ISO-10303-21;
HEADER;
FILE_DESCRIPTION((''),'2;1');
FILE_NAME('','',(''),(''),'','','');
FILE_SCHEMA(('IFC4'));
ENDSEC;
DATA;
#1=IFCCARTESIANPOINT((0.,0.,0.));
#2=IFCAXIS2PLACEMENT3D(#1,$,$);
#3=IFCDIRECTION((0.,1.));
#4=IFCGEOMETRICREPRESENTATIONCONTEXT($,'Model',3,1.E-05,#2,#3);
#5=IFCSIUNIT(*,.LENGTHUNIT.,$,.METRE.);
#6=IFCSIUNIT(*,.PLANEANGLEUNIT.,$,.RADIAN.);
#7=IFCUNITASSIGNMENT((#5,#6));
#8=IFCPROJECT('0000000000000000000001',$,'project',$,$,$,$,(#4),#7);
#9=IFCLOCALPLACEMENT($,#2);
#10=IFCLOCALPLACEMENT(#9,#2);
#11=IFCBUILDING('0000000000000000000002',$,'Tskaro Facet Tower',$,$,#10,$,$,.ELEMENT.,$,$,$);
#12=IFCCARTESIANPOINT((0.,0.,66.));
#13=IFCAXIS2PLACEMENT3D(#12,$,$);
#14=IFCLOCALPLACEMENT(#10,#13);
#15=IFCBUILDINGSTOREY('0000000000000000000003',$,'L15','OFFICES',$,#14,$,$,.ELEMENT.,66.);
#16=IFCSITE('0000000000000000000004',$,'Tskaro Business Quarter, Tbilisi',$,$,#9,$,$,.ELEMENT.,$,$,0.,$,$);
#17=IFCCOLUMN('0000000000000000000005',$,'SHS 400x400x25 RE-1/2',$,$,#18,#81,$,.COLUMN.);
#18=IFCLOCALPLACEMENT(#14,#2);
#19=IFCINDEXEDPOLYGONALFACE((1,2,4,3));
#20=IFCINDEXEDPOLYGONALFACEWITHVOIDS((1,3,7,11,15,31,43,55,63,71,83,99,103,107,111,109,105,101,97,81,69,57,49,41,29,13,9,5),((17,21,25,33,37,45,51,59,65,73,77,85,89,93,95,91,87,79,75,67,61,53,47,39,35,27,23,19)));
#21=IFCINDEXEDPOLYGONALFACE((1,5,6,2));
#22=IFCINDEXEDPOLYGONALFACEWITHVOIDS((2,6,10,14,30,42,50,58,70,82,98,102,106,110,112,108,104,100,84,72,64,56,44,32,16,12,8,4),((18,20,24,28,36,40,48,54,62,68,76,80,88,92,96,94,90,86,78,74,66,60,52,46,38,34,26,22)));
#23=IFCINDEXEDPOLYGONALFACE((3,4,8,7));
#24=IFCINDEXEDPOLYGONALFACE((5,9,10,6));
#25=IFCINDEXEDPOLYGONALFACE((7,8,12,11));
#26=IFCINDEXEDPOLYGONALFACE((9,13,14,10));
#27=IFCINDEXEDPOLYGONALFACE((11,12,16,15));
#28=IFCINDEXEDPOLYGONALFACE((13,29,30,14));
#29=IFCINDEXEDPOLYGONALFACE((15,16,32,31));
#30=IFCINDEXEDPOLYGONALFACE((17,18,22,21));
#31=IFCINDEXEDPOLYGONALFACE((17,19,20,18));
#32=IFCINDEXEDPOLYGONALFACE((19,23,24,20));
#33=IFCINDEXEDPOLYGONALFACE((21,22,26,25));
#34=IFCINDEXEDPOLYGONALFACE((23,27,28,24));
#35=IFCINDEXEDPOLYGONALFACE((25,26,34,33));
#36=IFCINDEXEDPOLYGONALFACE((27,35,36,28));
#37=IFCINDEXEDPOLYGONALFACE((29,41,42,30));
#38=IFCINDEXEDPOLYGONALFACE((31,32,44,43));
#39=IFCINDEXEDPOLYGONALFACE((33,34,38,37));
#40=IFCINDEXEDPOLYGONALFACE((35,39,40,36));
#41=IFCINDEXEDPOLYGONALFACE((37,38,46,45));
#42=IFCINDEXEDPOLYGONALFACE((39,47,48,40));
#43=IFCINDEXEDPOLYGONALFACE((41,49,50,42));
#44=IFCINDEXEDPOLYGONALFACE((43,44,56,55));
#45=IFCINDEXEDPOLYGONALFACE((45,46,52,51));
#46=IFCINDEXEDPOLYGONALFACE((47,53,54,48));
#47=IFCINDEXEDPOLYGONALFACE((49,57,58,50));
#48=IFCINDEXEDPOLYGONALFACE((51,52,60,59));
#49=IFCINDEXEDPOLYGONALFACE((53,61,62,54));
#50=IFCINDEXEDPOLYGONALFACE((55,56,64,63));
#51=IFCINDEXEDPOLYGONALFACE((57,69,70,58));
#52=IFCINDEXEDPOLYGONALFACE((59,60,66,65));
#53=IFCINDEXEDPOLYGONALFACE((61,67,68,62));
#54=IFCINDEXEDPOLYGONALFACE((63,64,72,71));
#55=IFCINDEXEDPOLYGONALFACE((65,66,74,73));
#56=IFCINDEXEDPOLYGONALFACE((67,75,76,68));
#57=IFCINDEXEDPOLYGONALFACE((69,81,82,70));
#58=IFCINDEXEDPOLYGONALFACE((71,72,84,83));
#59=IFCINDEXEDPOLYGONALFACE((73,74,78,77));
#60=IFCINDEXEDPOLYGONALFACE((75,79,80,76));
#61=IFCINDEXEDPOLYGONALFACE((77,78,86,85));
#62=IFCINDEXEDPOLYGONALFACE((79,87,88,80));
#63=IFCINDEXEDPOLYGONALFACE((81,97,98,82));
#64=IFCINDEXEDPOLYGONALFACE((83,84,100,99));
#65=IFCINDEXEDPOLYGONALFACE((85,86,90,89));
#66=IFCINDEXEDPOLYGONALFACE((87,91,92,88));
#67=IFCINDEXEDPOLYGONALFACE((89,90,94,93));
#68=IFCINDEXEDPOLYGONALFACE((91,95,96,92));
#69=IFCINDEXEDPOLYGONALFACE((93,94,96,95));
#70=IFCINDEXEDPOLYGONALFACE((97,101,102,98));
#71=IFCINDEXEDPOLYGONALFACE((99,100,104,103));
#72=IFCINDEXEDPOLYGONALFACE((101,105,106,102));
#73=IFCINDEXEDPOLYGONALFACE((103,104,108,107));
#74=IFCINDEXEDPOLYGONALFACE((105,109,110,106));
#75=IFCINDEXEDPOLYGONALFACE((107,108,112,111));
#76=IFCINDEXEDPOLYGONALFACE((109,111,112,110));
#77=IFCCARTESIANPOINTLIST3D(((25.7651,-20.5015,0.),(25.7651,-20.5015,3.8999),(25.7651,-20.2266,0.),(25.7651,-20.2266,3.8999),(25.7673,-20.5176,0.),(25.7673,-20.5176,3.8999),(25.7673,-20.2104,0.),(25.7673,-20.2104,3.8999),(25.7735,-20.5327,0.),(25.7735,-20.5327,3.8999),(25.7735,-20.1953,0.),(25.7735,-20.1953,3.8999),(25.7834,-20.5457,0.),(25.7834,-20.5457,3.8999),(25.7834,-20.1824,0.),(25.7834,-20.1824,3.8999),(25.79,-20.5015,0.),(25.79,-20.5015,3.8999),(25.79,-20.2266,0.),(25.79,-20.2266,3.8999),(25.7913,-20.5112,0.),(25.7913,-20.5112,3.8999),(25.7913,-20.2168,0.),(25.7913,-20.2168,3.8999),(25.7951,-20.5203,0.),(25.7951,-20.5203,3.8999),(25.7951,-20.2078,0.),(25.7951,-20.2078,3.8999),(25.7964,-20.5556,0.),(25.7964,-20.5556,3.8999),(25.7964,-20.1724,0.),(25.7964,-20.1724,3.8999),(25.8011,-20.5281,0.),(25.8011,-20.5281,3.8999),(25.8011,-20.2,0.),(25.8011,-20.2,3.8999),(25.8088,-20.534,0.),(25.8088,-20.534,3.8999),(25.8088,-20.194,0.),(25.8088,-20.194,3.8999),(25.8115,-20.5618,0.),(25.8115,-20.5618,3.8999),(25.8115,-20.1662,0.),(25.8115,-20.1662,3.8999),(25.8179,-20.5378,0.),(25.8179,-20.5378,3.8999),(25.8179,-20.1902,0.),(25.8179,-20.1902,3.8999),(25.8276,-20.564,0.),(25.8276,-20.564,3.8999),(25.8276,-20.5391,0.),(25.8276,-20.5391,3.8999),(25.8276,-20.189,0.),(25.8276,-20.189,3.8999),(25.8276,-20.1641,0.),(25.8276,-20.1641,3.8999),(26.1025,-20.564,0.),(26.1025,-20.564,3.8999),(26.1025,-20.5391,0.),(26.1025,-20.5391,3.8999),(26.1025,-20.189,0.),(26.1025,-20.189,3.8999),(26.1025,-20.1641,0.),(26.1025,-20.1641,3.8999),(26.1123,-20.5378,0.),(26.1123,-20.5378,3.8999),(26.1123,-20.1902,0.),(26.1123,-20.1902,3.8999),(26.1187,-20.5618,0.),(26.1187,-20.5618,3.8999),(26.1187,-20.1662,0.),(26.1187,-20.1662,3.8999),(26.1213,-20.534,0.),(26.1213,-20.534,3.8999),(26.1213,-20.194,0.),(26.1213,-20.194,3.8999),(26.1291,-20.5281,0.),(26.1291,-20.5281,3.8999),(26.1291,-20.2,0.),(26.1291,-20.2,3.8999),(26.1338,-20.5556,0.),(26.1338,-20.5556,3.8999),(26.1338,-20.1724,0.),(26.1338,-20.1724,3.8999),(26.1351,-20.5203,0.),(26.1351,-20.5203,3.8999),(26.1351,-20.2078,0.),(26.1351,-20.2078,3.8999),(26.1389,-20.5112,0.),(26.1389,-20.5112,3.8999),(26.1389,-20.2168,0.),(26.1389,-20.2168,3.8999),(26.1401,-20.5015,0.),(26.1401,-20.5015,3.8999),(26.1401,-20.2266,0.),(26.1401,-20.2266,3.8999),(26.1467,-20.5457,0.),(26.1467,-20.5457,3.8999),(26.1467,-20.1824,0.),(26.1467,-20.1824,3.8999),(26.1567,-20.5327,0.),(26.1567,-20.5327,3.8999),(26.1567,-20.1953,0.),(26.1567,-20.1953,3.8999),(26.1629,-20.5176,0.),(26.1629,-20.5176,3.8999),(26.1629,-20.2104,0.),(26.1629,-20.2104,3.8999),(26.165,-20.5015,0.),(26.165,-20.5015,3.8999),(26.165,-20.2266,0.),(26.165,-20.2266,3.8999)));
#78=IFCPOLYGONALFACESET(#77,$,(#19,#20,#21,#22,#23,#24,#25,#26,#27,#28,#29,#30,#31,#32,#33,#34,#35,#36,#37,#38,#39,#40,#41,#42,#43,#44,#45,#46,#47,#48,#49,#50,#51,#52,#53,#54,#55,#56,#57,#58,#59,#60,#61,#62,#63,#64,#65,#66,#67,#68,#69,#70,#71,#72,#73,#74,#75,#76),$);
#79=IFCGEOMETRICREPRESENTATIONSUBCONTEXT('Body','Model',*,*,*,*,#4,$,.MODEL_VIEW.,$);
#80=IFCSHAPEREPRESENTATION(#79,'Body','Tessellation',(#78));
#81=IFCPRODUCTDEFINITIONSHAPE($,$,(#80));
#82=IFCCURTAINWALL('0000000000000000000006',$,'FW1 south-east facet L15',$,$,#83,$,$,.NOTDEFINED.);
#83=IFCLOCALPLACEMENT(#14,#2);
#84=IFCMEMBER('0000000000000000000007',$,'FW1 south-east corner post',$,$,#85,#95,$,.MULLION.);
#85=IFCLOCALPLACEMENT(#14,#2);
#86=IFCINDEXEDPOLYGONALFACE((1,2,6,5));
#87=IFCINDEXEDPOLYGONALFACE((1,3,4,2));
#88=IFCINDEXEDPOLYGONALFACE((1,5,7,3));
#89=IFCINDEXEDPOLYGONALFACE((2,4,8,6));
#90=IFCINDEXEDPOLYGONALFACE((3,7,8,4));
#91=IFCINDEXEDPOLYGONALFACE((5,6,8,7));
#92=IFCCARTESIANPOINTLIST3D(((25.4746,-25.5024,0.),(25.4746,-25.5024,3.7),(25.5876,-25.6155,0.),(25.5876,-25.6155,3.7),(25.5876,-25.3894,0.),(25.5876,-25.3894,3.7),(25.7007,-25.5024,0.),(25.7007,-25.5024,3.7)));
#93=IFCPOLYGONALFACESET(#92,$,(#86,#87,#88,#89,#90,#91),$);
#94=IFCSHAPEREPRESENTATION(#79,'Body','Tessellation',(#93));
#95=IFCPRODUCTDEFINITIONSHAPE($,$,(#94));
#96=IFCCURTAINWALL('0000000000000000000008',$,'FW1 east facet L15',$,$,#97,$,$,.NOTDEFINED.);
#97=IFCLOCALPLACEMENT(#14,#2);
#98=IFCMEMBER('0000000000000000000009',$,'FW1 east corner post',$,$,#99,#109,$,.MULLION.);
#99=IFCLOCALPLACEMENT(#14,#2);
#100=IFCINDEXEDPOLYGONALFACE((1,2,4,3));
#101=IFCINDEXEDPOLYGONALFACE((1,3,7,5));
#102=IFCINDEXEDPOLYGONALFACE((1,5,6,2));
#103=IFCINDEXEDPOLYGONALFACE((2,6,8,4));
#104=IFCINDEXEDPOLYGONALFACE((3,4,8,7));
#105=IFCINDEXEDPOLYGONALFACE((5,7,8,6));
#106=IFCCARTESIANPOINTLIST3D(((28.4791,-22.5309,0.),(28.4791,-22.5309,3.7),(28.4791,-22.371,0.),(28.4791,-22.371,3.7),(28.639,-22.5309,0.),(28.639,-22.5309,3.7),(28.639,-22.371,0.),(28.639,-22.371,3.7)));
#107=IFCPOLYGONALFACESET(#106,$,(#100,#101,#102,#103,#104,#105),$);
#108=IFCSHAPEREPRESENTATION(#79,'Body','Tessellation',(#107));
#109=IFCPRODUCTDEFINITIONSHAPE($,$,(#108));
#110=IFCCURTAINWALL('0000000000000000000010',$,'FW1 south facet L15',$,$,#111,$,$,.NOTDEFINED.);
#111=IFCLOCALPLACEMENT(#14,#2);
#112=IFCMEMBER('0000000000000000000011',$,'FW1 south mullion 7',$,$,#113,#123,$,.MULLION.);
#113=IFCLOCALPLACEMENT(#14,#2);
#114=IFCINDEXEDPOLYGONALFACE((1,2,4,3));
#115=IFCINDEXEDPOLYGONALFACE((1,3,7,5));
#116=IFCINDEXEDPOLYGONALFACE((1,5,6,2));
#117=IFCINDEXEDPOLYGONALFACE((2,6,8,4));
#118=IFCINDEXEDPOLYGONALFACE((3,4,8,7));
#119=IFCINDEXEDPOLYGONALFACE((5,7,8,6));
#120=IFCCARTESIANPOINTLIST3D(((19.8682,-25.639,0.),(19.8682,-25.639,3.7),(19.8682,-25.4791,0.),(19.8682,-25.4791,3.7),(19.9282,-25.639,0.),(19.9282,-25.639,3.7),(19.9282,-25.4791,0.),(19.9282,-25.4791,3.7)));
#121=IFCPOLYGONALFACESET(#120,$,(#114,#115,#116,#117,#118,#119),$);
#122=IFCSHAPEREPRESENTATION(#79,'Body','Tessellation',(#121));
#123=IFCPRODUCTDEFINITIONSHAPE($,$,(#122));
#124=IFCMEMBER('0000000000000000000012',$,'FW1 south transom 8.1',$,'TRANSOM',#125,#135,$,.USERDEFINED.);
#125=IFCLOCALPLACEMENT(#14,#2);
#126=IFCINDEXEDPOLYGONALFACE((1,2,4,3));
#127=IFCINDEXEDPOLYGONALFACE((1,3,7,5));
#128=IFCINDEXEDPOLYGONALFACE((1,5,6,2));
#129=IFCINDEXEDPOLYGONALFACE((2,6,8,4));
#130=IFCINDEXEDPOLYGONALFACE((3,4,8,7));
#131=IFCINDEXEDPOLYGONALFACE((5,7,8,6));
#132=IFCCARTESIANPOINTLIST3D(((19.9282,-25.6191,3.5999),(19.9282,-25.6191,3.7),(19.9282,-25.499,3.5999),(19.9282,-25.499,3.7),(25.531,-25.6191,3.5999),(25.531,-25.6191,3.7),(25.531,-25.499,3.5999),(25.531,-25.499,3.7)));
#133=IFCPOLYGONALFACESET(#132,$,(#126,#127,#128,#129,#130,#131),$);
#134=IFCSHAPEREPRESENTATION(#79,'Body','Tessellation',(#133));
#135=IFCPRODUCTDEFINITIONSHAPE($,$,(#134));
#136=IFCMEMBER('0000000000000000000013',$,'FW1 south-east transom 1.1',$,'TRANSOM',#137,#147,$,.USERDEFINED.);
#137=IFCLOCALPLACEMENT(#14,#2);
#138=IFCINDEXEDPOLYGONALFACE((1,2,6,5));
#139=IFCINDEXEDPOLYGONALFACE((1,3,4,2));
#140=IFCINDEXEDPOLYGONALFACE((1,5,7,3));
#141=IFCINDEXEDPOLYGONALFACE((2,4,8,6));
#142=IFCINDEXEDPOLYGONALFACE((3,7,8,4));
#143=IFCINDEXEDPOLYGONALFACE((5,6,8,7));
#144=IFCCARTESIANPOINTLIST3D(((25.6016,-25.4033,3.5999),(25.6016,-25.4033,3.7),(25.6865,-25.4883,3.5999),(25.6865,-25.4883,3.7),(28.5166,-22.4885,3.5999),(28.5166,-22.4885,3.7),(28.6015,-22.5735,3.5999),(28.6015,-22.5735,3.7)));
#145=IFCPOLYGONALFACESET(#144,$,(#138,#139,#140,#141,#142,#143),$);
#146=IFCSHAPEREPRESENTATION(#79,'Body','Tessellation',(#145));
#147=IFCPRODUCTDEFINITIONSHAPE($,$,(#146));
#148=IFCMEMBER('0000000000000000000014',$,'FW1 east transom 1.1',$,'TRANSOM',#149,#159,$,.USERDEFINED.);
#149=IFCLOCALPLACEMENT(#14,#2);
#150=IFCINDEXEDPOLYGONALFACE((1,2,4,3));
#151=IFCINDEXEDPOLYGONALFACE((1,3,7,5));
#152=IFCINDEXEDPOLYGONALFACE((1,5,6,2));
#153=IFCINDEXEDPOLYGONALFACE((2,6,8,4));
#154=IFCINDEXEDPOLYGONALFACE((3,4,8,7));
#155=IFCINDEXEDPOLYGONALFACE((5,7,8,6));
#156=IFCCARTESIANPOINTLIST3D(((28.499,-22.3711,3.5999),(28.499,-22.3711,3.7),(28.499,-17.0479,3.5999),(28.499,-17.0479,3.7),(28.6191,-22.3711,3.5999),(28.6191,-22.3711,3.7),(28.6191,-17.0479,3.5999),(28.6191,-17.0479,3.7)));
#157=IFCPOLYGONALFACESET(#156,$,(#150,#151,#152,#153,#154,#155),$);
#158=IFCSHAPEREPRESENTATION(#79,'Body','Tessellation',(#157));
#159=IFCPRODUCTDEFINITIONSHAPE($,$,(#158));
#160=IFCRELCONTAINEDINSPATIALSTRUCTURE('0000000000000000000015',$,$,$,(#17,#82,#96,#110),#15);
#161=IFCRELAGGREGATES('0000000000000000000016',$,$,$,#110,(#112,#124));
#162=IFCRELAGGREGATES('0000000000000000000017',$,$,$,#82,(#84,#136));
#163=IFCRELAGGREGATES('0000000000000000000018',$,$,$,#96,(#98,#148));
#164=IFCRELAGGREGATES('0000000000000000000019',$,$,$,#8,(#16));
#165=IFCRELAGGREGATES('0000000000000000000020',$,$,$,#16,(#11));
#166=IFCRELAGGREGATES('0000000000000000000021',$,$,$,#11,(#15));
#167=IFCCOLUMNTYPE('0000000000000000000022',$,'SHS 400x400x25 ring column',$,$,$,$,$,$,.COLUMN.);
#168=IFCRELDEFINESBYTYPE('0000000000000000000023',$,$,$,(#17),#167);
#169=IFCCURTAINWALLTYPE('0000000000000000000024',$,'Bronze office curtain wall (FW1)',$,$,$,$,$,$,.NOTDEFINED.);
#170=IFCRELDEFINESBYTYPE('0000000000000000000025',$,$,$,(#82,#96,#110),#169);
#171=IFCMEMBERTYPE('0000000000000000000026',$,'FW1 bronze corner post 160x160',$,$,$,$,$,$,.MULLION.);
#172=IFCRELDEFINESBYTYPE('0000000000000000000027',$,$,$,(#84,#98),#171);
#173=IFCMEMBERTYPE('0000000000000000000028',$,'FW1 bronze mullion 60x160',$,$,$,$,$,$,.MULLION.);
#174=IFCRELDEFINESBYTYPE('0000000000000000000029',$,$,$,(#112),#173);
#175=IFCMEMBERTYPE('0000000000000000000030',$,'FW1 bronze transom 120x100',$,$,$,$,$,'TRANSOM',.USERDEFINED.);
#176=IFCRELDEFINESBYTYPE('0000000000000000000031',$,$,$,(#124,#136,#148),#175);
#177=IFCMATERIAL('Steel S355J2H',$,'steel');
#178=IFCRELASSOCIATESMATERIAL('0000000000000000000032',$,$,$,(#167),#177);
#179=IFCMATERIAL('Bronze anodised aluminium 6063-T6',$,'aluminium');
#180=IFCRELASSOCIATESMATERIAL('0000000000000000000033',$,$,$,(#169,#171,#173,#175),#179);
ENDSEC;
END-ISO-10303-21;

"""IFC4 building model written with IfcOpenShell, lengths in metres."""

from ifc_helpers import new_model, si_unit, direction, frame, origin, origin_2d, place, context, subcontext, project, spatial, rectangle, hollow_rectangle, extrude, material, material_profile, profile_set, type_object, element, aggregate, save


model = new_model("IFC4")

# Units and contexts
model_context = context("Model", 3, precision=1e-05, world=origin(), true_north=direction((0.0, 1.0)))
body_context = subcontext(model_context, "Body", "Model", "MODEL_VIEW")
ifc_project = project(units=[si_unit("LENGTHUNIT", "METRE"), si_unit("PLANEANGLEUNIT", "RADIAN")], contexts=[model_context])

# Site, building, storey
site_placement = place(None, origin())
site = spatial("IfcSite", under=ifc_project, at=site_placement, Name="Tskaro Business Quarter, Tbilisi", CompositionType="ELEMENT", RefElevation=0.0)
building_placement = place(site_placement, origin())
building = spatial("IfcBuilding", under=site, at=building_placement, Name="Tskaro Facet Tower", CompositionType="ELEMENT")
storey_placement = place(building_placement, frame((0.0, 0.0, 66.0)))
storey = spatial("IfcBuildingStorey", under=building, at=storey_placement, Name="L15", Description="OFFICES", CompositionType="ELEMENT", Elevation=66.0)

# Column
ifc_material_1 = material(Name="Steel S355J2H", Category="steel")
ifc_material_profile_1 = material_profile(ifc_material_1, hollow_rectangle(XDim=0.3999, YDim=0.3999, WallThickness=0.0249, InnerFilletRadius=0.0376, OuterFilletRadius=0.0625, at=origin_2d()), Name="SHS 400x400x25")
ifc_profile_set_1 = profile_set([ifc_material_profile_1], Name="Steel S355J2H")
column_type_1 = type_object("IfcColumnType", Name="SHS 400x400x25 ring column", PredefinedType="COLUMN", material=ifc_profile_set_1)
for number, where, z_axis, x_axis, name in (
    (1, (25.9651, -20.364, 0.0), (0.0, 0.0, 1.0), (1.0, 0.0, 0.0), "SHS 400x400x25 RE-1/2"),
):
    element("IfcColumn", number, at=place(storey_placement, frame(where, z_axis=z_axis, x_axis=x_axis)), inside=storey, type_object=column_type_1, Name=name, PredefinedType="COLUMN", context=body_context, shape_type="SweptSolid", body=[
        extrude(hollow_rectangle(XDim=0.3999, YDim=0.3999, WallThickness=0.0249, InnerFilletRadius=0.0376, OuterFilletRadius=0.0625, at=origin_2d()), origin(), (0.0, 0.0, 1.0), 3.8999),
    ])

# Curtain walls, members
ifc_material_2 = material(Name="Bronze anodised aluminium 6063-T6", Category="aluminium")
curtain_wall_type = type_object("IfcCurtainWallType", Name="Bronze office curtain wall (FW1)", PredefinedType="NOTDEFINED", material=ifc_material_2)
curtain_wall_1_placement = place(storey_placement, origin())
curtain_wall_1 = element("IfcCurtainWall", 2, at=curtain_wall_1_placement, inside=storey, type_object=curtain_wall_type, Name="FW1 south-east facet L15", PredefinedType="NOTDEFINED")
ifc_material_profile_2 = material_profile(ifc_material_2, rectangle(XDim=0.1599, YDim=0.1599, at=origin_2d()), Name="Corner post 160x160")
ifc_profile_set_2 = profile_set([ifc_material_profile_2], Name="Bronze anodised aluminium 6063-T6")
member_type_1 = type_object("IfcMemberType", Name="FW1 bronze corner post 160x160", PredefinedType="MULLION", material=ifc_profile_set_2)
member_1_placement = place(storey_placement, frame((25.5876, -25.5024, 0.0), z_axis=(0.0, 0.0, 1.0), x_axis=(0.707107, 0.707107, 0.0)))
member_1 = element("IfcMember", 3, at=member_1_placement, type_object=member_type_1, Name="FW1 south-east corner post", PredefinedType="MULLION", context=body_context, shape_type="SweptSolid", body=[
    extrude(rectangle(XDim=0.1599, YDim=0.1599, at=origin_2d()), origin(), (0.0, 0.0, 1.0), 3.7),
])
curtain_wall_2_placement = place(storey_placement, origin())
curtain_wall_2 = element("IfcCurtainWall", 4, at=curtain_wall_2_placement, inside=storey, type_object=curtain_wall_type, Name="FW1 east facet L15", PredefinedType="NOTDEFINED")
member_2_placement = place(storey_placement, frame((28.5591, -22.4509, 0.0), z_axis=(0.0, 0.0, 1.0), x_axis=(0.0, 1.0, 0.0)))
member_2 = element("IfcMember", 5, at=member_2_placement, type_object=member_type_1, Name="FW1 east corner post", PredefinedType="MULLION", context=body_context, shape_type="SweptSolid", body=[
    extrude(rectangle(XDim=0.1599, YDim=0.1599, at=origin_2d()), origin(), (0.0, 0.0, 1.0), 3.7),
])

# Curtain wall, members
curtain_wall_3_placement = place(storey_placement, origin())
curtain_wall_3 = element("IfcCurtainWall", 6, at=curtain_wall_3_placement, inside=storey, type_object=curtain_wall_type, Name="FW1 south facet L15", PredefinedType="NOTDEFINED")
ifc_material_profile_3 = material_profile(ifc_material_2, rectangle(XDim=0.0601, YDim=0.1599, at=origin_2d()), Name="Mullion 60x160")
ifc_profile_set_3 = profile_set([ifc_material_profile_3], Name="Bronze anodised aluminium 6063-T6")
member_type_2 = type_object("IfcMemberType", Name="FW1 bronze mullion 60x160", PredefinedType="MULLION", material=ifc_profile_set_3)
member_3_placement = place(storey_placement, frame((19.8982, -25.5591, 0.0), z_axis=(0.0, 0.0, 1.0), x_axis=(1.0, 0.0, 0.0)))
member_3 = element("IfcMember", 7, at=member_3_placement, type_object=member_type_2, Name="FW1 south mullion 7", PredefinedType="MULLION", context=body_context, shape_type="SweptSolid", body=[
    extrude(rectangle(XDim=0.0601, YDim=0.1599, at=origin_2d()), origin(), (0.0, 0.0, 1.0), 3.7),
])
ifc_material_profile_4 = material_profile(ifc_material_2, rectangle(XDim=0.1201, YDim=0.1001, at=origin_2d()), Name="Transom 120x100")
ifc_profile_set_4 = profile_set([ifc_material_profile_4], Name="Bronze anodised aluminium 6063-T6")
member_type_3 = type_object("IfcMemberType", Name="FW1 bronze transom 120x100", ElementType="TRANSOM", PredefinedType="USERDEFINED", material=ifc_profile_set_4)
member_4_placement = place(storey_placement, frame((19.9282, -25.5591, 3.6499), z_axis=(1.0, 0.0, 0.0), x_axis=(0.0, 1.0, 0.0)))
member_4 = element("IfcMember", 8, at=member_4_placement, type_object=member_type_3, Name="FW1 south transom 8.1", ObjectType="TRANSOM", PredefinedType="USERDEFINED", context=body_context, shape_type="SweptSolid", body=[
    extrude(rectangle(XDim=0.1201, YDim=0.1001, at=origin_2d()), origin(), (0.0, 0.0, 1.0), 5.6028),
])

# Members
member_5_placement = place(storey_placement, frame((25.644, -25.4458, 3.6499), z_axis=(0.707136, 0.707077, 0.0), x_axis=(-0.707077, 0.707136, 0.0)))
member_5 = element("IfcMember", 9, at=member_5_placement, type_object=member_type_3, Name="FW1 south-east transom 1.1", ObjectType="TRANSOM", PredefinedType="USERDEFINED", context=body_context, shape_type="SweptSolid", body=[
    extrude(rectangle(XDim=0.1201, YDim=0.1001, at=origin_2d()), origin(), (0.0, 0.0, 1.0), 4.1223),
])
member_6_placement = place(storey_placement, frame((28.5591, -22.3711, 3.6499), z_axis=(0.0, 1.0, 0.0), x_axis=(-1.0, 0.0, 0.0)))
member_6 = element("IfcMember", 10, at=member_6_placement, type_object=member_type_3, Name="FW1 east transom 1.1", ObjectType="TRANSOM", PredefinedType="USERDEFINED", context=body_context, shape_type="SweptSolid", body=[
    extrude(rectangle(XDim=0.1201, YDim=0.1001, at=origin_2d()), origin(), (0.0, 0.0, 1.0), 5.3232),
])

aggregate(curtain_wall_3, [member_3, member_4])
aggregate(curtain_wall_1, [member_1, member_5])
aggregate(curtain_wall_2, [member_2, member_6])

save(model, "model.ifc")
